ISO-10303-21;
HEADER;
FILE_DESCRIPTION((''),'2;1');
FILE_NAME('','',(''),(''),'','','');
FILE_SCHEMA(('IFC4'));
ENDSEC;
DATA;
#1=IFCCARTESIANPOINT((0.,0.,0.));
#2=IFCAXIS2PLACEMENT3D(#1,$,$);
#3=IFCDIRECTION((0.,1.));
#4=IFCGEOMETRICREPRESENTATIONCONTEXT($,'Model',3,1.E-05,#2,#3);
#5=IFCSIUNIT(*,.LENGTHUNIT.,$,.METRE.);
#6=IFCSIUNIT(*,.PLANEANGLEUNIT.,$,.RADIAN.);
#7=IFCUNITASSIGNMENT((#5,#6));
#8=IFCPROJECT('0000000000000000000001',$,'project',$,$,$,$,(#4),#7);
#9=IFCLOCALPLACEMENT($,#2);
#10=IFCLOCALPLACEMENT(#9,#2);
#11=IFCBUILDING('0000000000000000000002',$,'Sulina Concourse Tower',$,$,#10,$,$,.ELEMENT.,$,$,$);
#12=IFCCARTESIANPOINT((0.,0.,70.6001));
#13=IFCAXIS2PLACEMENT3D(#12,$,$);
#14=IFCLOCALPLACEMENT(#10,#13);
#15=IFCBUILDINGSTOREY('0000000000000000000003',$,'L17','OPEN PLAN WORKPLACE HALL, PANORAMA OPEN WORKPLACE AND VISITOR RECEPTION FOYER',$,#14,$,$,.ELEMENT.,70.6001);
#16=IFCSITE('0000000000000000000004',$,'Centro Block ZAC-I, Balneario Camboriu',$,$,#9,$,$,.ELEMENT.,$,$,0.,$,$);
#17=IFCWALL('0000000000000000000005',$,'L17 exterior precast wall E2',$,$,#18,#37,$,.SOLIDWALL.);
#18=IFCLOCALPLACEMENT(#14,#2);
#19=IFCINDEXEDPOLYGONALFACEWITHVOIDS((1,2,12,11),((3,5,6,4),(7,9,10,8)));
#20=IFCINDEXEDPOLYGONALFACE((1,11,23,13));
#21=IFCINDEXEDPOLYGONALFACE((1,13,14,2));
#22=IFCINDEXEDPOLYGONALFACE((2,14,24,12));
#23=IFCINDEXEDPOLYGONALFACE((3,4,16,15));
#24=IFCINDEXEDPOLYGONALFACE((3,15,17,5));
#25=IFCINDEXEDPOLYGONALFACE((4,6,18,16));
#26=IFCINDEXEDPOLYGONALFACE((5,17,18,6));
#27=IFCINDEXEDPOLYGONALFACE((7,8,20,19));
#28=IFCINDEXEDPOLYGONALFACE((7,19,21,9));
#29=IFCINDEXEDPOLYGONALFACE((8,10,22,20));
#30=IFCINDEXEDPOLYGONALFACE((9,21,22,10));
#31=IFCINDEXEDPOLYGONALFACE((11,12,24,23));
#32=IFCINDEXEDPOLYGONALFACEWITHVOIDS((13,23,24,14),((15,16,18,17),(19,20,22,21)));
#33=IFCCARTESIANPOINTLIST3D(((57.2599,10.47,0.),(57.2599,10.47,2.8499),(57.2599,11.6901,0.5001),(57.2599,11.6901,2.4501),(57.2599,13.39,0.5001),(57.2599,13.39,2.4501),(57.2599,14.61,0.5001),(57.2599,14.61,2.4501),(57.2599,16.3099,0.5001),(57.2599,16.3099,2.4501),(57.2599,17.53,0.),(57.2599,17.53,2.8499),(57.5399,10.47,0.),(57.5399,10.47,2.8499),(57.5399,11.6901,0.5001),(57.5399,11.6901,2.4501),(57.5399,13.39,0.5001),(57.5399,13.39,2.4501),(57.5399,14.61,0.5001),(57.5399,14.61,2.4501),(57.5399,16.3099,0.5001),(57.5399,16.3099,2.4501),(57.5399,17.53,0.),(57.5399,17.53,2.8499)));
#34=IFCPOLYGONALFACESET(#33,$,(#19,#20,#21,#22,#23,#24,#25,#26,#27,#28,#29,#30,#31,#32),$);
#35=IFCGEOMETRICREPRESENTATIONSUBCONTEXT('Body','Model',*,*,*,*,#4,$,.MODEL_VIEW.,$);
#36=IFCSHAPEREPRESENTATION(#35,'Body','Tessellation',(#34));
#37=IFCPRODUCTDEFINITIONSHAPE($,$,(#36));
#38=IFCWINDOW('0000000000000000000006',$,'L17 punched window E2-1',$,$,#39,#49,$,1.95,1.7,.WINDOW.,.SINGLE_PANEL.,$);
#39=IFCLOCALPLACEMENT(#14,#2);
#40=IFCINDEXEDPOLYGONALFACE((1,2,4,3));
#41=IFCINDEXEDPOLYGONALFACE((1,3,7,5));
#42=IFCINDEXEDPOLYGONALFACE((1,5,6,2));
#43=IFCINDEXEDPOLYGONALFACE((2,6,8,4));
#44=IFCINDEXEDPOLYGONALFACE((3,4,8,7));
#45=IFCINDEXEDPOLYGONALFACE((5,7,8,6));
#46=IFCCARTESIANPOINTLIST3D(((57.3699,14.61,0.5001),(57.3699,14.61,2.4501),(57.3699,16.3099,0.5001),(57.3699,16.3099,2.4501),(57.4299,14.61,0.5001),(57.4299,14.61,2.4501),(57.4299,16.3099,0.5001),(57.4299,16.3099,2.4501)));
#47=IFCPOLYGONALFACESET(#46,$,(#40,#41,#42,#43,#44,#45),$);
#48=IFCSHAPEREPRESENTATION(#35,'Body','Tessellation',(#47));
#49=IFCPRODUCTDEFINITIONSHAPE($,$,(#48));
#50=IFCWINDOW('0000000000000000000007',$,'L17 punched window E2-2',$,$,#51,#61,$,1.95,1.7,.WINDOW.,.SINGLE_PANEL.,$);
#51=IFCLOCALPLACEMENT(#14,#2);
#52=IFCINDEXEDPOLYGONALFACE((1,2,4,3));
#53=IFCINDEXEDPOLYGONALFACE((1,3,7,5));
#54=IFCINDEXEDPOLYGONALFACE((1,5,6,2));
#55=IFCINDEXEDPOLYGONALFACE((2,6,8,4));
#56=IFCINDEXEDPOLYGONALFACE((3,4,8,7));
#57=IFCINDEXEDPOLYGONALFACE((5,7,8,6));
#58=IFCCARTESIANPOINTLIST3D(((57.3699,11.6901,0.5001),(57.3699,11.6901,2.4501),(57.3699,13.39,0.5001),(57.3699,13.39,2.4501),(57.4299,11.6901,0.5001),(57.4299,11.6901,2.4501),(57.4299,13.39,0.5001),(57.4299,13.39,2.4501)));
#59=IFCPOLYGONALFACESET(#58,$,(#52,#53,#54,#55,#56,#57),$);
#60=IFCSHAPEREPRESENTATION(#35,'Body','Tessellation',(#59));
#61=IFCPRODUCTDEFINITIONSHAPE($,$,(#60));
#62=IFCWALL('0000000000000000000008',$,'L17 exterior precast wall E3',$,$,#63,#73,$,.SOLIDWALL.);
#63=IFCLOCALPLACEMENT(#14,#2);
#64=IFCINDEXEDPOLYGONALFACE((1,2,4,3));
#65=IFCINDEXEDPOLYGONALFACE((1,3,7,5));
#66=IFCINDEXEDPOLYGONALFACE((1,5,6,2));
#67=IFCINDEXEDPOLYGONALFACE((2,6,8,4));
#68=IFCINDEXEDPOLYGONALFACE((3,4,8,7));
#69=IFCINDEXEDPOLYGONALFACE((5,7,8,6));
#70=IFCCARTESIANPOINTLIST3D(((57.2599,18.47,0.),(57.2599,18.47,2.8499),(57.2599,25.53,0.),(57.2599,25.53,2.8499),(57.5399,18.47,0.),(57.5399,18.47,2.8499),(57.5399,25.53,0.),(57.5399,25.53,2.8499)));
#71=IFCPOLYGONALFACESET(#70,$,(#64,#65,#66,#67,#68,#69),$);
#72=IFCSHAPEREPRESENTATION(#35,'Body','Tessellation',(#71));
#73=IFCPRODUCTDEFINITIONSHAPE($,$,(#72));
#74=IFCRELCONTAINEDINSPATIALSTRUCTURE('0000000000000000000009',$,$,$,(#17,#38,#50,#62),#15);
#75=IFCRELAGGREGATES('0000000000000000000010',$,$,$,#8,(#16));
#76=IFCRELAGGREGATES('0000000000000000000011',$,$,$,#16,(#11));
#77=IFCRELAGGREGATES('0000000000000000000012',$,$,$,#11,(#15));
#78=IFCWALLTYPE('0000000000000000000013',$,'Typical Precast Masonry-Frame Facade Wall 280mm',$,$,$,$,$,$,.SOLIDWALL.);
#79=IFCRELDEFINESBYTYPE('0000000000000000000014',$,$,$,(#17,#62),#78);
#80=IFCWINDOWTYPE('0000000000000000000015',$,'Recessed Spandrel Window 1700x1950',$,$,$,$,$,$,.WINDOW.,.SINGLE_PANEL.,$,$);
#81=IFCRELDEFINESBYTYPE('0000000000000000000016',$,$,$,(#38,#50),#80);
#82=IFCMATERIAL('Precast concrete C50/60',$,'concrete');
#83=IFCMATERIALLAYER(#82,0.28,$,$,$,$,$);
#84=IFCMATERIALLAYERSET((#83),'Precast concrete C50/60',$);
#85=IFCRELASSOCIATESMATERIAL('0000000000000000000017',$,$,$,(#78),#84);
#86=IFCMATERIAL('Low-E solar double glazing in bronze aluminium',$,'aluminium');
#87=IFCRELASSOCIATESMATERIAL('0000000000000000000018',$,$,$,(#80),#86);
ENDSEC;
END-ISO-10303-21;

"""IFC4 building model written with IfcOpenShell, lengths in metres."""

from ifc_helpers import new_model, si_unit, direction, frame, frame_2d, origin, place, context, subcontext, project, spatial, rectangle, extrude, material, layer, layer_set, type_object, element, fill, save


model = new_model("IFC4")

# Units and contexts
model_context = context("Model", 3, precision=1e-05, world=origin(), true_north=direction((0.0, 1.0)))
body_context = subcontext(model_context, "Body", "Model", "MODEL_VIEW")
ifc_project = project(units=[si_unit("LENGTHUNIT", "METRE"), si_unit("PLANEANGLEUNIT", "RADIAN")], contexts=[model_context])

# Site, building, storey
site_placement = place(None, origin())
site = spatial("IfcSite", under=ifc_project, at=site_placement, Name="Centro Block ZAC-I, Balneario Camboriu", CompositionType="ELEMENT", RefElevation=0.0)
building_placement = place(site_placement, origin())
building = spatial("IfcBuilding", under=site, at=building_placement, Name="Sulina Concourse Tower", CompositionType="ELEMENT")
storey_placement = place(building_placement, frame((0.0, 0.0, 70.6001)))
storey = spatial("IfcBuildingStorey", under=building, at=storey_placement, Name="L17", Description="OPEN PLAN WORKPLACE HALL, PANORAMA OPEN WORKPLACE AND VISITOR RECEPTION FOYER", CompositionType="ELEMENT", Elevation=70.6001)

# Wall, openings, windows
ifc_material_1 = material(Name="Precast concrete C50/60", Category="concrete")
ifc_layer_1 = layer(ifc_material_1, 0.28)
ifc_layer_set_1 = layer_set([ifc_layer_1], Name="Precast concrete C50/60")
wall_type_1 = type_object("IfcWallType", Name="Typical Precast Masonry-Frame Facade Wall 280mm", PredefinedType="SOLIDWALL", material=ifc_layer_set_1)
ifc_material_2 = material(Name="Low-E solar double glazing in bronze aluminium", Category="aluminium")
window_type = type_object("IfcWindowType", Name="Recessed Spandrel Window 1700x1950", PartitioningType="SINGLE_PANEL", PredefinedType="WINDOW", material=ifc_material_2)
wall_1_placement = place(storey_placement, frame((57.3999, 17.53, 0.0), z_axis=(0.0, 0.0, 1.0), x_axis=(0.0, -1.0, 0.0)))
wall_1 = element("IfcWall", 1, at=wall_1_placement, inside=storey, type_object=wall_type_1, Name="L17 exterior precast wall E2", PredefinedType="SOLIDWALL", context=body_context, shape_type="SweptSolid", body=[
    extrude(rectangle(XDim=7.0601, YDim=0.28, at=frame_2d((3.53, 0.0))), origin(), (0.0, 0.0, 1.0), 2.8499),
])
opening_1_placement = place(wall_1_placement, frame((1.22, 0.0, 0.5)))
opening_1 = element("IfcOpeningElement", 2, at=opening_1_placement, cuts=wall_1, PredefinedType="OPENING", context=body_context, shape_type="SweptSolid", body=[
    extrude(rectangle(XDim=1.7, YDim=1.95, at=frame_2d((0.8501, 0.9751))), frame((0.0, 0.1499, 0.0), z_axis=(0.0, -1.0, 0.0), x_axis=(1.0, 0.0, 0.0)), (0.0, 0.0, 1.0), 0.3),
])
opening_2_placement = place(wall_1_placement, frame((4.1399, 0.0, 0.5)))
opening_2 = element("IfcOpeningElement", 3, at=opening_2_placement, cuts=wall_1, PredefinedType="OPENING", context=body_context, shape_type="SweptSolid", body=[
    extrude(rectangle(XDim=1.7, YDim=1.95, at=frame_2d((0.8501, 0.9751))), frame((0.0, 0.1499, 0.0), z_axis=(0.0, -1.0, 0.0), x_axis=(1.0, 0.0, 0.0)), (0.0, 0.0, 1.0), 0.3),
])
window_1_placement = place(opening_1_placement, origin())
window_1 = element("IfcWindow", 4, at=window_1_placement, inside=storey, type_object=window_type, Name="L17 punched window E2-1", OverallHeight=1.95, OverallWidth=1.7, PartitioningType="SINGLE_PANEL", PredefinedType="WINDOW", context=body_context, shape_type="SweptSolid", body=[
    extrude(rectangle(XDim=1.7, YDim=1.95, at=frame_2d((0.8501, 0.9751))), frame((0.0, 0.03, 0.0), z_axis=(0.0, -1.0, 0.0), x_axis=(1.0, 0.0, 0.0)), (0.0, 0.0, 1.0), 0.0601),
])
fill(opening_1, window_1)
window_2_placement = place(opening_2_placement, origin())
window_2 = element("IfcWindow", 5, at=window_2_placement, inside=storey, type_object=window_type, Name="L17 punched window E2-2", OverallHeight=1.95, OverallWidth=1.7, PartitioningType="SINGLE_PANEL", PredefinedType="WINDOW", context=body_context, shape_type="SweptSolid", body=[
    extrude(rectangle(XDim=1.7, YDim=1.95, at=frame_2d((0.8501, 0.9751))), frame((0.0, 0.03, 0.0), z_axis=(0.0, -1.0, 0.0), x_axis=(1.0, 0.0, 0.0)), (0.0, 0.0, 1.0), 0.0601),
])
fill(opening_2, window_2)

# Wall
wall_2_placement = place(storey_placement, frame((57.3999, 25.53, 0.0), z_axis=(0.0, 0.0, 1.0), x_axis=(0.0, -1.0, 0.0)))
element("IfcWall", 6, at=wall_2_placement, inside=storey, type_object=wall_type_1, Name="L17 exterior precast wall E3", PredefinedType="SOLIDWALL", context=body_context, shape_type="SweptSolid", body=[
    extrude(rectangle(XDim=7.0601, YDim=0.28, at=frame_2d((3.53, 0.0))), origin(), (0.0, 0.0, 1.0), 2.8499),
])

save(model, "model.ifc")
